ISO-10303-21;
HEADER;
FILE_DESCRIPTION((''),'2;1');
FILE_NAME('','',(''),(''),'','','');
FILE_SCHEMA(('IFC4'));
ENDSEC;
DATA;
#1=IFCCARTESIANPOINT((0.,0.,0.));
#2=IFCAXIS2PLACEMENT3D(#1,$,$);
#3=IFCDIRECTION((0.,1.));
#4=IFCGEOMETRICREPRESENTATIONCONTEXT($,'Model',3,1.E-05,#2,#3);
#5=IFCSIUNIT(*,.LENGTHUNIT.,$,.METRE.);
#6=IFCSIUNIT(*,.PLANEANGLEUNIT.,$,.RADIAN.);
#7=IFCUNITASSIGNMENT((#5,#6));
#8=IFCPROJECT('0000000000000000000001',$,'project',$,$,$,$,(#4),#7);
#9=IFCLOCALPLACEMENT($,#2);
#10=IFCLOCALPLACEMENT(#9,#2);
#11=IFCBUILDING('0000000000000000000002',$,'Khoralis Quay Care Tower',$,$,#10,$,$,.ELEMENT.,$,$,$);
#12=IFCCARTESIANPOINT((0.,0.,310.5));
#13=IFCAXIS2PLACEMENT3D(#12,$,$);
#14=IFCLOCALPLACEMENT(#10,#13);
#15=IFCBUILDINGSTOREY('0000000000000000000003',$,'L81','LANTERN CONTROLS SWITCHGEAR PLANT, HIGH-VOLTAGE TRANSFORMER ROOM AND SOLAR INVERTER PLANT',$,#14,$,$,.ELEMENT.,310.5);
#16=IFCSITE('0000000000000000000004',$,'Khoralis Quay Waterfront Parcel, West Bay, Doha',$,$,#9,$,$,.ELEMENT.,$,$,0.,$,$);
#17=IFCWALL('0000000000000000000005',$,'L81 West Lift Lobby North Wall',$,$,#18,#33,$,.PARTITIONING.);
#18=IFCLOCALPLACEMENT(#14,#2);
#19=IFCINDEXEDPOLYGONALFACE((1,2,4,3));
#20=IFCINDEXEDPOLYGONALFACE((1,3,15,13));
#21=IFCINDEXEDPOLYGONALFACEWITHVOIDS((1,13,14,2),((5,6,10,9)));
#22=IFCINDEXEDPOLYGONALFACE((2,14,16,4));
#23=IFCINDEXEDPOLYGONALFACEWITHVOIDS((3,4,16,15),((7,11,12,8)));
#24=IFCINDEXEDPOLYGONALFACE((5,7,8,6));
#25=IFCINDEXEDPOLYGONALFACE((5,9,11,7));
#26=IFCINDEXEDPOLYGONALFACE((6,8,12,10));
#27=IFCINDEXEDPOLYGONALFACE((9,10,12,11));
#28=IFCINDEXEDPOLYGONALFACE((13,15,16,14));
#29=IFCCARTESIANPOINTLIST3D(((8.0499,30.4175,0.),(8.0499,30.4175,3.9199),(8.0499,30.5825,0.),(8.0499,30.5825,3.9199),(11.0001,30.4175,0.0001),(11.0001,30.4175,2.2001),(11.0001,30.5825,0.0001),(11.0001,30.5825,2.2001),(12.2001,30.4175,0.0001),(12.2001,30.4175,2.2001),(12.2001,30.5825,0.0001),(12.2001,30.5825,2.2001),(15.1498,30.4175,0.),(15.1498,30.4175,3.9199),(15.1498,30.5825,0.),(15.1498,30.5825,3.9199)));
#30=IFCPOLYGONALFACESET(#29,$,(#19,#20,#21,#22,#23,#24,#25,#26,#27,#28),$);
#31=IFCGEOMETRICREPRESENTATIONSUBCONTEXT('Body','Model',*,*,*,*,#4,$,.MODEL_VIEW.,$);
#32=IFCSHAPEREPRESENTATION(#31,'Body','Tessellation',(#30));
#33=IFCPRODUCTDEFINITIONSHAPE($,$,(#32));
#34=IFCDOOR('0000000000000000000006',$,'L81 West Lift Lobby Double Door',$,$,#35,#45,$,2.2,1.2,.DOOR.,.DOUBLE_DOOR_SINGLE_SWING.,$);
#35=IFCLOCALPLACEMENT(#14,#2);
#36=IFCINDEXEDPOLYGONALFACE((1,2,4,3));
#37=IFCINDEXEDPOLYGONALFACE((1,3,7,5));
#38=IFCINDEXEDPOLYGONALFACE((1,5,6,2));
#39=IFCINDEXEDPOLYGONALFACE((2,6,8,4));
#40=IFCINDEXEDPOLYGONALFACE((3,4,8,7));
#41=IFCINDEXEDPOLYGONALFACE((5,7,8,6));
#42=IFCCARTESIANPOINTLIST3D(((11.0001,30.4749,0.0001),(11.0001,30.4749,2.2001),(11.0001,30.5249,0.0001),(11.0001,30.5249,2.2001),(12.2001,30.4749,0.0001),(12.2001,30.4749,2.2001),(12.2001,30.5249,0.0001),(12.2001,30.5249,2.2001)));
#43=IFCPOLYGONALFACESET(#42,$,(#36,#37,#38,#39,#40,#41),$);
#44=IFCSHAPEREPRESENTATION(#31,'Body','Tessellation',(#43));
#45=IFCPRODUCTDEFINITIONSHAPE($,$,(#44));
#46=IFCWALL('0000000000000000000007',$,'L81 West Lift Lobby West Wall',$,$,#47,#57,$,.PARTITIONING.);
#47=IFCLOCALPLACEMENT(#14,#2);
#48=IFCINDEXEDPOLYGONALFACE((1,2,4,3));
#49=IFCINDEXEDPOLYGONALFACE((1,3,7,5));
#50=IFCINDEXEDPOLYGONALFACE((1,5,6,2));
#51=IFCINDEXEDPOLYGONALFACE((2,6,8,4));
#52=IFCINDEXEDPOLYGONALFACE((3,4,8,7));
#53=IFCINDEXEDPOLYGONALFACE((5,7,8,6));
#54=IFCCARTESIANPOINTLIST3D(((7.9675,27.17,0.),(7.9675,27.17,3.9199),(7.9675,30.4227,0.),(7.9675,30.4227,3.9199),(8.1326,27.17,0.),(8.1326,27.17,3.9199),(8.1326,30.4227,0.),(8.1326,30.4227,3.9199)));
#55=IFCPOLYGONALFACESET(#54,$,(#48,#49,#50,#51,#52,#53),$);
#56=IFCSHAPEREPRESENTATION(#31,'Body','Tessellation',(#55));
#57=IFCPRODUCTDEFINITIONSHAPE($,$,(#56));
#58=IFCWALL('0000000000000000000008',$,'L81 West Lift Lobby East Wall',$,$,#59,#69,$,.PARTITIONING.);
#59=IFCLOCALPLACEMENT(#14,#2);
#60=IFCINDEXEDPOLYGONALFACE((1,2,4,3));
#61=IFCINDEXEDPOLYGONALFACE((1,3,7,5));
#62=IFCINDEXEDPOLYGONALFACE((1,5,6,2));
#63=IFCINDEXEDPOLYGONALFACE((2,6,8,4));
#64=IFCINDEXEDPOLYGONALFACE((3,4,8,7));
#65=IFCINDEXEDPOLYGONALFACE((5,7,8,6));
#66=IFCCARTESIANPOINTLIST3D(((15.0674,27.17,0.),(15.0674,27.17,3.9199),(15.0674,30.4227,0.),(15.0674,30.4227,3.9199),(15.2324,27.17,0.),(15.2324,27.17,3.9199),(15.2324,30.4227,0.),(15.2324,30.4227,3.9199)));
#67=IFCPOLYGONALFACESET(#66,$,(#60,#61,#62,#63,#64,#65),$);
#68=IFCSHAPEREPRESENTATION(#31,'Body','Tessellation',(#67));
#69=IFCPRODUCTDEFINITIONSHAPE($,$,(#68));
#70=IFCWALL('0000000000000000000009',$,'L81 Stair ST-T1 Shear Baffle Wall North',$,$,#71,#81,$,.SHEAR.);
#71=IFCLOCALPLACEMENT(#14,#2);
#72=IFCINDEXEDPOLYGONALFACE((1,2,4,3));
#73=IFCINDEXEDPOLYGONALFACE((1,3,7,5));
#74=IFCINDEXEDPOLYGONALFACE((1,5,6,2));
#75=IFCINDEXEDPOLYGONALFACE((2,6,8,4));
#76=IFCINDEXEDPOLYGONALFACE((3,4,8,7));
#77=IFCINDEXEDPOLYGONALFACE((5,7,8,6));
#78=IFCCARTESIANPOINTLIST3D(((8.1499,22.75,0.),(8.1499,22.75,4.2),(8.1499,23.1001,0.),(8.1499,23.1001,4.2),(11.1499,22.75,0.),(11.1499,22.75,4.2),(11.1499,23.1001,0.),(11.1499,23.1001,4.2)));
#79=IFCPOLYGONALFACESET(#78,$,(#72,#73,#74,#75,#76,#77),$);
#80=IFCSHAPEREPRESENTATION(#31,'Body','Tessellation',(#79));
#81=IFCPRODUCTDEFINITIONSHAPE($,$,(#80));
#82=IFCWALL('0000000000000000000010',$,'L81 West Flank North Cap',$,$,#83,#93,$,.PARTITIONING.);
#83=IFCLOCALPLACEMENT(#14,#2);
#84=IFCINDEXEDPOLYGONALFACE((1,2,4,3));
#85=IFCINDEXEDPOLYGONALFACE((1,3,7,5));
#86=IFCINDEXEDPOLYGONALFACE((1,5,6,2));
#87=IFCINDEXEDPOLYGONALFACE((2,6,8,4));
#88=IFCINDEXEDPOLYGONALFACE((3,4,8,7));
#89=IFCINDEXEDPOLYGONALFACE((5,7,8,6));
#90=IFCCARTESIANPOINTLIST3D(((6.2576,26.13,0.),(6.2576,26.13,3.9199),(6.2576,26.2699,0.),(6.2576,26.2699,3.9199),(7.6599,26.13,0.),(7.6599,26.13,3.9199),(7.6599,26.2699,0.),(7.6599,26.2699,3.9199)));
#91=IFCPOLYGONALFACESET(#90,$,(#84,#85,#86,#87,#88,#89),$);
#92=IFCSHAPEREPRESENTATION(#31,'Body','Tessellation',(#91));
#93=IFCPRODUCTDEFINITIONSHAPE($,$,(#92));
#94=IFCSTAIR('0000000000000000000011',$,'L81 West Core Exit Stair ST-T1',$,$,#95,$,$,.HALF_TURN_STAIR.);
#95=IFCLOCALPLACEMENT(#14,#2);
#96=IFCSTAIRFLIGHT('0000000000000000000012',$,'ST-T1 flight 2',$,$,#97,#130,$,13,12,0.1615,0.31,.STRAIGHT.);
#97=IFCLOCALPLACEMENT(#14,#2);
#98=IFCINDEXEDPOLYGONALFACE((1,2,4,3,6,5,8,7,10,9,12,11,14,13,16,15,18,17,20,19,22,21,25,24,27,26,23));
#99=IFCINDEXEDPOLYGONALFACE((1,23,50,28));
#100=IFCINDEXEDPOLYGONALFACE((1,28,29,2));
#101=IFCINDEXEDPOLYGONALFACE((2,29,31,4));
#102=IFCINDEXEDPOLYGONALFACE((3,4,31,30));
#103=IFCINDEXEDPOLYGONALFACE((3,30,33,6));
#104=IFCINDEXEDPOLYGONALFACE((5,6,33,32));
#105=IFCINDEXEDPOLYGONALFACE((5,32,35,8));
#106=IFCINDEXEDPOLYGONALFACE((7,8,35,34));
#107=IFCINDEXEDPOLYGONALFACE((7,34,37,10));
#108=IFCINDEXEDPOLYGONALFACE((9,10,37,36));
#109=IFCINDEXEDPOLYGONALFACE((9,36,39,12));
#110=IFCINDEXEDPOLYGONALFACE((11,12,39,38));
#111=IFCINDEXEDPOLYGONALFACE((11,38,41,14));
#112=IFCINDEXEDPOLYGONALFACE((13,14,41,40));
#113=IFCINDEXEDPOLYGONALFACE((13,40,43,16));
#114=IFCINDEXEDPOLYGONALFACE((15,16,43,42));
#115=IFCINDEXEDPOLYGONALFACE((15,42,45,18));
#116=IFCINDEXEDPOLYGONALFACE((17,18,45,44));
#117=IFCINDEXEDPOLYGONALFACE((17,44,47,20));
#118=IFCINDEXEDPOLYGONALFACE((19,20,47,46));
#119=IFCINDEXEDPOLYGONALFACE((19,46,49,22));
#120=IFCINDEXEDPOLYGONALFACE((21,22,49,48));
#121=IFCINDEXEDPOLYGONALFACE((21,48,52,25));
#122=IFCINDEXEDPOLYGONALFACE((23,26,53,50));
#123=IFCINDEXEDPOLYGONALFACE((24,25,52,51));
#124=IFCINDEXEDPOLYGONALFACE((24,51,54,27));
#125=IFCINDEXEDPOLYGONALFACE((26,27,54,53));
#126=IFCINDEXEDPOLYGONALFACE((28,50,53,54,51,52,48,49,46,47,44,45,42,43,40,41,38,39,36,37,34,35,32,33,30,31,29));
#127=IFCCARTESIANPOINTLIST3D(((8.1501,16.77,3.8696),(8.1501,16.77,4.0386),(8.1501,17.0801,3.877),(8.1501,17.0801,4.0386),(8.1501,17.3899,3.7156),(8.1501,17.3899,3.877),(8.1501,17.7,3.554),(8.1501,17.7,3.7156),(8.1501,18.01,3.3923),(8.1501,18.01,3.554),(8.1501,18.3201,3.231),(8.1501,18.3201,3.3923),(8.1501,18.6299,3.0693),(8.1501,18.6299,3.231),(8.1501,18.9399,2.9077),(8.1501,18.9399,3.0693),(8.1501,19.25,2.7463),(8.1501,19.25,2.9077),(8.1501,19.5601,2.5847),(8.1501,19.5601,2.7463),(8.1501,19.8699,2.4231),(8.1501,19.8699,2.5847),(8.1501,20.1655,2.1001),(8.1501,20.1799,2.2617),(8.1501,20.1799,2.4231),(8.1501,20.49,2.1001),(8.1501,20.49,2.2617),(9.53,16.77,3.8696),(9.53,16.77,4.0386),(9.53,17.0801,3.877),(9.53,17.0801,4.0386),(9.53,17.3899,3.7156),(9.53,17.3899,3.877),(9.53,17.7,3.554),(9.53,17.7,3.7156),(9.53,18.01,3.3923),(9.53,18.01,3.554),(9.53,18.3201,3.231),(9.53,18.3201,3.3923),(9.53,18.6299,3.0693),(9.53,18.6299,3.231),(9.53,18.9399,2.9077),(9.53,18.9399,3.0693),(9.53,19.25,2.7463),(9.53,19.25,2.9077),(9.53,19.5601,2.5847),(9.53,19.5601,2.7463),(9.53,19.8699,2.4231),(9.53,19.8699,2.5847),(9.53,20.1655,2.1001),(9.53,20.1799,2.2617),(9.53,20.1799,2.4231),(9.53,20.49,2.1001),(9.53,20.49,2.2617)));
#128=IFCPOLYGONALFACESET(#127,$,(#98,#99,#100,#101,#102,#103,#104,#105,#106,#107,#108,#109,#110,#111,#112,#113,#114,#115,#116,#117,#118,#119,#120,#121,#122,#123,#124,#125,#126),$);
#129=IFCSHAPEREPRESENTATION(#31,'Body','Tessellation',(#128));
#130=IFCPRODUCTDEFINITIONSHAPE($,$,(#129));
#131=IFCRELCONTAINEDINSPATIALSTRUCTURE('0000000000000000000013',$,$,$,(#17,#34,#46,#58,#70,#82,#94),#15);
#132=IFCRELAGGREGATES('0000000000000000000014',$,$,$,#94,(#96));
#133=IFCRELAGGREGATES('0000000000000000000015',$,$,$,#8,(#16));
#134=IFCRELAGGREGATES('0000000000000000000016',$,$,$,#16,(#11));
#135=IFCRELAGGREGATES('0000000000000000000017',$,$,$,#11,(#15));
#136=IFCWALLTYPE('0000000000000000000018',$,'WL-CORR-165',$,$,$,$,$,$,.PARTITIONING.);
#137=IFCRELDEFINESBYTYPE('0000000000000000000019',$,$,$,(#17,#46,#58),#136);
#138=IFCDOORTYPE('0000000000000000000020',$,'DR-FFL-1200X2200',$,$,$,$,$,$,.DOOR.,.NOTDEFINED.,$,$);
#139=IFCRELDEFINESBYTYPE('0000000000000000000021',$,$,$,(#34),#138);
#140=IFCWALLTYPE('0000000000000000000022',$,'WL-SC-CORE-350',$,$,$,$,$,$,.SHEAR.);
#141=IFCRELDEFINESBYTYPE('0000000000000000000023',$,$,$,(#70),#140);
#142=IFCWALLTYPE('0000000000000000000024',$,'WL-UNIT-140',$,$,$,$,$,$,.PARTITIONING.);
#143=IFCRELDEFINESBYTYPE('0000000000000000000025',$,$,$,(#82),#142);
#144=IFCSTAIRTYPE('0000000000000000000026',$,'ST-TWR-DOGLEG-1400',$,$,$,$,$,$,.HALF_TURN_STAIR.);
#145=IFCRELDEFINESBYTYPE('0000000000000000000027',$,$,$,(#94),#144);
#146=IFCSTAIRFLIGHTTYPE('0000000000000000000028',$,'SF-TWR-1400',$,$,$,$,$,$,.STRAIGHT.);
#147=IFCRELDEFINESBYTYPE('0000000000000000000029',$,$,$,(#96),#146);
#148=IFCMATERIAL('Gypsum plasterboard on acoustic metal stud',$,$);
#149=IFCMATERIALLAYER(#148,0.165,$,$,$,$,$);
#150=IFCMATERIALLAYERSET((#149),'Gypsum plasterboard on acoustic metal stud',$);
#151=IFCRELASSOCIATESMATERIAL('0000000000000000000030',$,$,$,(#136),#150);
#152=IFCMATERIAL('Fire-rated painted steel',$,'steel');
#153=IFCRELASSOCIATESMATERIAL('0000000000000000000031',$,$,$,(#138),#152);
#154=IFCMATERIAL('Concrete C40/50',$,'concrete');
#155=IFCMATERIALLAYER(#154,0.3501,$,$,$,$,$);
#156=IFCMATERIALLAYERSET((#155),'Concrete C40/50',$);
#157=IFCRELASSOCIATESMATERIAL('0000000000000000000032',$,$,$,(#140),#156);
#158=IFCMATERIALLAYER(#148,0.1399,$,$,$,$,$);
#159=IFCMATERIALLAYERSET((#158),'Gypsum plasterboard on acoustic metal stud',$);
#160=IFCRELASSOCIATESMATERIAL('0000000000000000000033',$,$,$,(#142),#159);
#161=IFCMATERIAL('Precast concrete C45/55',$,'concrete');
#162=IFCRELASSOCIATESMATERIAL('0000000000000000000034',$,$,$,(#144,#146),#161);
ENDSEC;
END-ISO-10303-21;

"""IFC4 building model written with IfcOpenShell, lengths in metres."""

from ifc_helpers import new_model, si_unit, direction, frame, frame_2d, origin, place, context, subcontext, project, spatial, polyline, rectangle, outline, extrude, source, transform, mapped, material, layer, layer_set, type_object, element, fill, aggregate, save


model = new_model("IFC4")

# Units and contexts
model_context = context("Model", 3, precision=1e-05, world=origin(), true_north=direction((0.0, 1.0)))
body_context = subcontext(model_context, "Body", "Model", "MODEL_VIEW")
ifc_project = project(units=[si_unit("LENGTHUNIT", "METRE"), si_unit("PLANEANGLEUNIT", "RADIAN")], contexts=[model_context])

# Site, building, storey
site_placement = place(None, origin())
site = spatial("IfcSite", under=ifc_project, at=site_placement, Name="Khoralis Quay Waterfront Parcel, West Bay, Doha", CompositionType="ELEMENT", RefElevation=0.0)
building_placement = place(site_placement, origin())
building = spatial("IfcBuilding", under=site, at=building_placement, Name="Khoralis Quay Care Tower", CompositionType="ELEMENT")
storey_placement = place(building_placement, frame((0.0, 0.0, 310.5)))
storey = spatial("IfcBuildingStorey", under=building, at=storey_placement, Name="L81", Description="LANTERN CONTROLS SWITCHGEAR PLANT, HIGH-VOLTAGE TRANSFORMER ROOM AND SOLAR INVERTER PLANT", CompositionType="ELEMENT", Elevation=310.5)

# Shared definitions
ifc_material_1 = material(Name="Gypsum plasterboard on acoustic metal stud")
ifc_material_2 = material(Name="Fire-rated painted steel", Category="steel")

# Wall, opening, door
ifc_layer_1 = layer(ifc_material_1, 0.165)
ifc_layer_set_1 = layer_set([ifc_layer_1], Name="Gypsum plasterboard on acoustic metal stud")
wall_type_1 = type_object("IfcWallType", Name="WL-CORR-165", PredefinedType="PARTITIONING", material=ifc_layer_set_1)
wall_1_placement = place(storey_placement, frame((8.05, 30.5, 0.0), z_axis=(0.0, 0.0, 1.0), x_axis=(1.0, 0.0, 0.0)))
wall_1 = element("IfcWall", 1, at=wall_1_placement, inside=storey, type_object=wall_type_1, Name="L81 West Lift Lobby North Wall", PredefinedType="PARTITIONING", context=body_context, shape_type="SweptSolid", body=[
    extrude(rectangle(XDim=7.0999, YDim=0.165, at=frame_2d((3.5498, 0.0))), origin(), (0.0, 0.0, 1.0), 3.9199),
])
opening_1_placement = place(wall_1_placement, frame((2.95, 0.0, 0.0)))
opening_1 = element("IfcOpeningElement", 2, at=opening_1_placement, cuts=wall_1, PredefinedType="OPENING", context=body_context, shape_type="SweptSolid", body=[
    extrude(rectangle(XDim=1.2, YDim=2.2, at=frame_2d((0.6001, 1.1001))), frame((0.0, 0.0925, 0.0), z_axis=(0.0, -1.0, 0.0), x_axis=(1.0, 0.0, 0.0)), (0.0, 0.0, 1.0), 0.1851),
])
door_type_1 = type_object("IfcDoorType", Name="DR-FFL-1200X2200", OperationType="NOTDEFINED", PredefinedType="DOOR", material=ifc_material_2)
shared_shape_1 = source(origin(), body_context, "Body", "SweptSolid", [
    extrude(rectangle(XDim=1.2, YDim=2.2, at=frame_2d((0.6001, 1.1001))), frame((0.0, 0.0249, 0.0), z_axis=(0.0, -1.0, 0.0), x_axis=(1.0, 0.0, 0.0)), (0.0, 0.0, 1.0), 0.05),
])
door_1_placement = place(opening_1_placement, origin())
door_1 = element("IfcDoor", 3, at=door_1_placement, inside=storey, type_object=door_type_1, Name="L81 West Lift Lobby Double Door", OperationType="DOUBLE_DOOR_SINGLE_SWING", OverallHeight=2.2, OverallWidth=1.2, PredefinedType="DOOR", context=body_context, shape_type="MappedRepresentation", body=[
    mapped(shared_shape_1, transform((0.0, 0.0, 0.0), scale=1.0)),
])
fill(opening_1, door_1)

# Walls
for number, where, z_axis, x_axis, name in (
    (4, (8.05, 27.1699, 0.0), (0.0, 0.0, 1.0), (0.0, 1.0, 0.0), "L81 West Lift Lobby West Wall"),
    (5, (15.1499, 27.1699, 0.0), (0.0, 0.0, 1.0), (0.0, 1.0, 0.0), "L81 West Lift Lobby East Wall"),
):
    element("IfcWall", number, at=place(storey_placement, frame(where, z_axis=z_axis, x_axis=x_axis)), inside=storey, type_object=wall_type_1, Name=name, PredefinedType="PARTITIONING", context=body_context, shape_type="SweptSolid", body=[
        extrude(rectangle(XDim=3.2527, YDim=0.165, at=frame_2d((1.6265, 0.0))), origin(), (0.0, 0.0, 1.0), 3.9199),
    ])
ifc_material_3 = material(Name="Concrete C40/50", Category="concrete")
ifc_layer_2 = layer(ifc_material_3, 0.3501)
ifc_layer_set_2 = layer_set([ifc_layer_2], Name="Concrete C40/50")
wall_type_2 = type_object("IfcWallType", Name="WL-SC-CORE-350", PredefinedType="SHEAR", material=ifc_layer_set_2)
wall_2_placement = place(storey_placement, frame((8.1499, 22.925, 0.0), z_axis=(0.0, 0.0, 1.0), x_axis=(1.0, 0.0, 0.0)))
element("IfcWall", 6, at=wall_2_placement, inside=storey, type_object=wall_type_2, Name="L81 Stair ST-T1 Shear Baffle Wall North", PredefinedType="SHEAR", context=body_context, shape_type="SweptSolid", body=[
    extrude(rectangle(XDim=3.0, YDim=0.3501, at=frame_2d((1.5, 0.0))), origin(), (0.0, 0.0, 1.0), 4.2),
])
ifc_layer_3 = layer(ifc_material_1, 0.1399)
ifc_layer_set_3 = layer_set([ifc_layer_3], Name="Gypsum plasterboard on acoustic metal stud")
wall_type_3 = type_object("IfcWallType", Name="WL-UNIT-140", PredefinedType="PARTITIONING", material=ifc_layer_set_3)
wall_3_placement = place(storey_placement, frame((6.2576, 26.2, 0.0), z_axis=(0.0, 0.0, 1.0), x_axis=(1.0, 0.0, 0.0)))
element("IfcWall", 7, at=wall_3_placement, inside=storey, type_object=wall_type_3, Name="L81 West Flank North Cap", PredefinedType="PARTITIONING", context=body_context, shape_type="SweptSolid", body=[
    extrude(rectangle(XDim=1.4023, YDim=0.1399, at=frame_2d((0.7012, 0.0))), origin(), (0.0, 0.0, 1.0), 3.9199),
])

# Stair, stair flight
ifc_material_4 = material(Name="Precast concrete C45/55", Category="concrete")
stair_type = type_object("IfcStairType", Name="ST-TWR-DOGLEG-1400", PredefinedType="HALF_TURN_STAIR", material=ifc_material_4)
stair_placement = place(storey_placement, origin())
stair = element("IfcStair", 8, at=stair_placement, inside=storey, type_object=stair_type, Name="L81 West Core Exit Stair ST-T1", PredefinedType="HALF_TURN_STAIR")
stair_flight_type = type_object("IfcStairFlightType", Name="SF-TWR-1400", PredefinedType="STRAIGHT", material=ifc_material_4)
shared_shape_2 = source(origin(), body_context, "Body", "SweptSolid", [
    extrude(outline(polyline([(0.0, 0.0), (0.0, 0.1616), (0.3101, 0.1616), (0.3101, 0.323), (0.6201, 0.323), (0.6201, 0.4846), (0.9299, 0.4846), (0.9299, 0.6462), (1.24, 0.6462), (1.24, 0.8076), (1.55, 0.8076), (1.55, 0.9692), (1.8601, 0.9692), (1.8601, 1.1309), (2.1699, 1.1309), (2.1699, 1.2922), (2.48, 1.2922), (2.48, 1.4539), (2.79, 1.4539), (2.79, 1.6155), (3.1001, 1.6155), (3.1001, 1.7769), (3.4099, 1.7769), (3.4099, 1.9385), (3.72, 1.9385), (3.72, 2.1001), (3.72, 1.7695), (0.3245, 0.0), (0.0, 0.0)])), frame((0.0, 0.6899, 0.0), z_axis=(0.0, -1.0, 0.0), x_axis=(1.0, 0.0, 0.0)), (0.0, 0.0, 1.0), 1.3799),
])
stair_flight_placement = place(storey_placement, frame((8.8401, 20.49, 2.1001), z_axis=(0.0, 0.0, 1.0), x_axis=(0.0, -1.0, 0.0)))
stair_flight = element("IfcStairFlight", 9, at=stair_flight_placement, type_object=stair_flight_type, Name="ST-T1 flight 2", NumberOfRisers=13, NumberOfTreads=12, PredefinedType="STRAIGHT", RiserHeight=0.1615, TreadLength=0.31, context=body_context, shape_type="MappedRepresentation", body=[
    mapped(shared_shape_2, transform((0.0, 0.0, 0.0), scale=1.0)),
])
aggregate(stair, [stair_flight])

save(model, "model.ifc")
